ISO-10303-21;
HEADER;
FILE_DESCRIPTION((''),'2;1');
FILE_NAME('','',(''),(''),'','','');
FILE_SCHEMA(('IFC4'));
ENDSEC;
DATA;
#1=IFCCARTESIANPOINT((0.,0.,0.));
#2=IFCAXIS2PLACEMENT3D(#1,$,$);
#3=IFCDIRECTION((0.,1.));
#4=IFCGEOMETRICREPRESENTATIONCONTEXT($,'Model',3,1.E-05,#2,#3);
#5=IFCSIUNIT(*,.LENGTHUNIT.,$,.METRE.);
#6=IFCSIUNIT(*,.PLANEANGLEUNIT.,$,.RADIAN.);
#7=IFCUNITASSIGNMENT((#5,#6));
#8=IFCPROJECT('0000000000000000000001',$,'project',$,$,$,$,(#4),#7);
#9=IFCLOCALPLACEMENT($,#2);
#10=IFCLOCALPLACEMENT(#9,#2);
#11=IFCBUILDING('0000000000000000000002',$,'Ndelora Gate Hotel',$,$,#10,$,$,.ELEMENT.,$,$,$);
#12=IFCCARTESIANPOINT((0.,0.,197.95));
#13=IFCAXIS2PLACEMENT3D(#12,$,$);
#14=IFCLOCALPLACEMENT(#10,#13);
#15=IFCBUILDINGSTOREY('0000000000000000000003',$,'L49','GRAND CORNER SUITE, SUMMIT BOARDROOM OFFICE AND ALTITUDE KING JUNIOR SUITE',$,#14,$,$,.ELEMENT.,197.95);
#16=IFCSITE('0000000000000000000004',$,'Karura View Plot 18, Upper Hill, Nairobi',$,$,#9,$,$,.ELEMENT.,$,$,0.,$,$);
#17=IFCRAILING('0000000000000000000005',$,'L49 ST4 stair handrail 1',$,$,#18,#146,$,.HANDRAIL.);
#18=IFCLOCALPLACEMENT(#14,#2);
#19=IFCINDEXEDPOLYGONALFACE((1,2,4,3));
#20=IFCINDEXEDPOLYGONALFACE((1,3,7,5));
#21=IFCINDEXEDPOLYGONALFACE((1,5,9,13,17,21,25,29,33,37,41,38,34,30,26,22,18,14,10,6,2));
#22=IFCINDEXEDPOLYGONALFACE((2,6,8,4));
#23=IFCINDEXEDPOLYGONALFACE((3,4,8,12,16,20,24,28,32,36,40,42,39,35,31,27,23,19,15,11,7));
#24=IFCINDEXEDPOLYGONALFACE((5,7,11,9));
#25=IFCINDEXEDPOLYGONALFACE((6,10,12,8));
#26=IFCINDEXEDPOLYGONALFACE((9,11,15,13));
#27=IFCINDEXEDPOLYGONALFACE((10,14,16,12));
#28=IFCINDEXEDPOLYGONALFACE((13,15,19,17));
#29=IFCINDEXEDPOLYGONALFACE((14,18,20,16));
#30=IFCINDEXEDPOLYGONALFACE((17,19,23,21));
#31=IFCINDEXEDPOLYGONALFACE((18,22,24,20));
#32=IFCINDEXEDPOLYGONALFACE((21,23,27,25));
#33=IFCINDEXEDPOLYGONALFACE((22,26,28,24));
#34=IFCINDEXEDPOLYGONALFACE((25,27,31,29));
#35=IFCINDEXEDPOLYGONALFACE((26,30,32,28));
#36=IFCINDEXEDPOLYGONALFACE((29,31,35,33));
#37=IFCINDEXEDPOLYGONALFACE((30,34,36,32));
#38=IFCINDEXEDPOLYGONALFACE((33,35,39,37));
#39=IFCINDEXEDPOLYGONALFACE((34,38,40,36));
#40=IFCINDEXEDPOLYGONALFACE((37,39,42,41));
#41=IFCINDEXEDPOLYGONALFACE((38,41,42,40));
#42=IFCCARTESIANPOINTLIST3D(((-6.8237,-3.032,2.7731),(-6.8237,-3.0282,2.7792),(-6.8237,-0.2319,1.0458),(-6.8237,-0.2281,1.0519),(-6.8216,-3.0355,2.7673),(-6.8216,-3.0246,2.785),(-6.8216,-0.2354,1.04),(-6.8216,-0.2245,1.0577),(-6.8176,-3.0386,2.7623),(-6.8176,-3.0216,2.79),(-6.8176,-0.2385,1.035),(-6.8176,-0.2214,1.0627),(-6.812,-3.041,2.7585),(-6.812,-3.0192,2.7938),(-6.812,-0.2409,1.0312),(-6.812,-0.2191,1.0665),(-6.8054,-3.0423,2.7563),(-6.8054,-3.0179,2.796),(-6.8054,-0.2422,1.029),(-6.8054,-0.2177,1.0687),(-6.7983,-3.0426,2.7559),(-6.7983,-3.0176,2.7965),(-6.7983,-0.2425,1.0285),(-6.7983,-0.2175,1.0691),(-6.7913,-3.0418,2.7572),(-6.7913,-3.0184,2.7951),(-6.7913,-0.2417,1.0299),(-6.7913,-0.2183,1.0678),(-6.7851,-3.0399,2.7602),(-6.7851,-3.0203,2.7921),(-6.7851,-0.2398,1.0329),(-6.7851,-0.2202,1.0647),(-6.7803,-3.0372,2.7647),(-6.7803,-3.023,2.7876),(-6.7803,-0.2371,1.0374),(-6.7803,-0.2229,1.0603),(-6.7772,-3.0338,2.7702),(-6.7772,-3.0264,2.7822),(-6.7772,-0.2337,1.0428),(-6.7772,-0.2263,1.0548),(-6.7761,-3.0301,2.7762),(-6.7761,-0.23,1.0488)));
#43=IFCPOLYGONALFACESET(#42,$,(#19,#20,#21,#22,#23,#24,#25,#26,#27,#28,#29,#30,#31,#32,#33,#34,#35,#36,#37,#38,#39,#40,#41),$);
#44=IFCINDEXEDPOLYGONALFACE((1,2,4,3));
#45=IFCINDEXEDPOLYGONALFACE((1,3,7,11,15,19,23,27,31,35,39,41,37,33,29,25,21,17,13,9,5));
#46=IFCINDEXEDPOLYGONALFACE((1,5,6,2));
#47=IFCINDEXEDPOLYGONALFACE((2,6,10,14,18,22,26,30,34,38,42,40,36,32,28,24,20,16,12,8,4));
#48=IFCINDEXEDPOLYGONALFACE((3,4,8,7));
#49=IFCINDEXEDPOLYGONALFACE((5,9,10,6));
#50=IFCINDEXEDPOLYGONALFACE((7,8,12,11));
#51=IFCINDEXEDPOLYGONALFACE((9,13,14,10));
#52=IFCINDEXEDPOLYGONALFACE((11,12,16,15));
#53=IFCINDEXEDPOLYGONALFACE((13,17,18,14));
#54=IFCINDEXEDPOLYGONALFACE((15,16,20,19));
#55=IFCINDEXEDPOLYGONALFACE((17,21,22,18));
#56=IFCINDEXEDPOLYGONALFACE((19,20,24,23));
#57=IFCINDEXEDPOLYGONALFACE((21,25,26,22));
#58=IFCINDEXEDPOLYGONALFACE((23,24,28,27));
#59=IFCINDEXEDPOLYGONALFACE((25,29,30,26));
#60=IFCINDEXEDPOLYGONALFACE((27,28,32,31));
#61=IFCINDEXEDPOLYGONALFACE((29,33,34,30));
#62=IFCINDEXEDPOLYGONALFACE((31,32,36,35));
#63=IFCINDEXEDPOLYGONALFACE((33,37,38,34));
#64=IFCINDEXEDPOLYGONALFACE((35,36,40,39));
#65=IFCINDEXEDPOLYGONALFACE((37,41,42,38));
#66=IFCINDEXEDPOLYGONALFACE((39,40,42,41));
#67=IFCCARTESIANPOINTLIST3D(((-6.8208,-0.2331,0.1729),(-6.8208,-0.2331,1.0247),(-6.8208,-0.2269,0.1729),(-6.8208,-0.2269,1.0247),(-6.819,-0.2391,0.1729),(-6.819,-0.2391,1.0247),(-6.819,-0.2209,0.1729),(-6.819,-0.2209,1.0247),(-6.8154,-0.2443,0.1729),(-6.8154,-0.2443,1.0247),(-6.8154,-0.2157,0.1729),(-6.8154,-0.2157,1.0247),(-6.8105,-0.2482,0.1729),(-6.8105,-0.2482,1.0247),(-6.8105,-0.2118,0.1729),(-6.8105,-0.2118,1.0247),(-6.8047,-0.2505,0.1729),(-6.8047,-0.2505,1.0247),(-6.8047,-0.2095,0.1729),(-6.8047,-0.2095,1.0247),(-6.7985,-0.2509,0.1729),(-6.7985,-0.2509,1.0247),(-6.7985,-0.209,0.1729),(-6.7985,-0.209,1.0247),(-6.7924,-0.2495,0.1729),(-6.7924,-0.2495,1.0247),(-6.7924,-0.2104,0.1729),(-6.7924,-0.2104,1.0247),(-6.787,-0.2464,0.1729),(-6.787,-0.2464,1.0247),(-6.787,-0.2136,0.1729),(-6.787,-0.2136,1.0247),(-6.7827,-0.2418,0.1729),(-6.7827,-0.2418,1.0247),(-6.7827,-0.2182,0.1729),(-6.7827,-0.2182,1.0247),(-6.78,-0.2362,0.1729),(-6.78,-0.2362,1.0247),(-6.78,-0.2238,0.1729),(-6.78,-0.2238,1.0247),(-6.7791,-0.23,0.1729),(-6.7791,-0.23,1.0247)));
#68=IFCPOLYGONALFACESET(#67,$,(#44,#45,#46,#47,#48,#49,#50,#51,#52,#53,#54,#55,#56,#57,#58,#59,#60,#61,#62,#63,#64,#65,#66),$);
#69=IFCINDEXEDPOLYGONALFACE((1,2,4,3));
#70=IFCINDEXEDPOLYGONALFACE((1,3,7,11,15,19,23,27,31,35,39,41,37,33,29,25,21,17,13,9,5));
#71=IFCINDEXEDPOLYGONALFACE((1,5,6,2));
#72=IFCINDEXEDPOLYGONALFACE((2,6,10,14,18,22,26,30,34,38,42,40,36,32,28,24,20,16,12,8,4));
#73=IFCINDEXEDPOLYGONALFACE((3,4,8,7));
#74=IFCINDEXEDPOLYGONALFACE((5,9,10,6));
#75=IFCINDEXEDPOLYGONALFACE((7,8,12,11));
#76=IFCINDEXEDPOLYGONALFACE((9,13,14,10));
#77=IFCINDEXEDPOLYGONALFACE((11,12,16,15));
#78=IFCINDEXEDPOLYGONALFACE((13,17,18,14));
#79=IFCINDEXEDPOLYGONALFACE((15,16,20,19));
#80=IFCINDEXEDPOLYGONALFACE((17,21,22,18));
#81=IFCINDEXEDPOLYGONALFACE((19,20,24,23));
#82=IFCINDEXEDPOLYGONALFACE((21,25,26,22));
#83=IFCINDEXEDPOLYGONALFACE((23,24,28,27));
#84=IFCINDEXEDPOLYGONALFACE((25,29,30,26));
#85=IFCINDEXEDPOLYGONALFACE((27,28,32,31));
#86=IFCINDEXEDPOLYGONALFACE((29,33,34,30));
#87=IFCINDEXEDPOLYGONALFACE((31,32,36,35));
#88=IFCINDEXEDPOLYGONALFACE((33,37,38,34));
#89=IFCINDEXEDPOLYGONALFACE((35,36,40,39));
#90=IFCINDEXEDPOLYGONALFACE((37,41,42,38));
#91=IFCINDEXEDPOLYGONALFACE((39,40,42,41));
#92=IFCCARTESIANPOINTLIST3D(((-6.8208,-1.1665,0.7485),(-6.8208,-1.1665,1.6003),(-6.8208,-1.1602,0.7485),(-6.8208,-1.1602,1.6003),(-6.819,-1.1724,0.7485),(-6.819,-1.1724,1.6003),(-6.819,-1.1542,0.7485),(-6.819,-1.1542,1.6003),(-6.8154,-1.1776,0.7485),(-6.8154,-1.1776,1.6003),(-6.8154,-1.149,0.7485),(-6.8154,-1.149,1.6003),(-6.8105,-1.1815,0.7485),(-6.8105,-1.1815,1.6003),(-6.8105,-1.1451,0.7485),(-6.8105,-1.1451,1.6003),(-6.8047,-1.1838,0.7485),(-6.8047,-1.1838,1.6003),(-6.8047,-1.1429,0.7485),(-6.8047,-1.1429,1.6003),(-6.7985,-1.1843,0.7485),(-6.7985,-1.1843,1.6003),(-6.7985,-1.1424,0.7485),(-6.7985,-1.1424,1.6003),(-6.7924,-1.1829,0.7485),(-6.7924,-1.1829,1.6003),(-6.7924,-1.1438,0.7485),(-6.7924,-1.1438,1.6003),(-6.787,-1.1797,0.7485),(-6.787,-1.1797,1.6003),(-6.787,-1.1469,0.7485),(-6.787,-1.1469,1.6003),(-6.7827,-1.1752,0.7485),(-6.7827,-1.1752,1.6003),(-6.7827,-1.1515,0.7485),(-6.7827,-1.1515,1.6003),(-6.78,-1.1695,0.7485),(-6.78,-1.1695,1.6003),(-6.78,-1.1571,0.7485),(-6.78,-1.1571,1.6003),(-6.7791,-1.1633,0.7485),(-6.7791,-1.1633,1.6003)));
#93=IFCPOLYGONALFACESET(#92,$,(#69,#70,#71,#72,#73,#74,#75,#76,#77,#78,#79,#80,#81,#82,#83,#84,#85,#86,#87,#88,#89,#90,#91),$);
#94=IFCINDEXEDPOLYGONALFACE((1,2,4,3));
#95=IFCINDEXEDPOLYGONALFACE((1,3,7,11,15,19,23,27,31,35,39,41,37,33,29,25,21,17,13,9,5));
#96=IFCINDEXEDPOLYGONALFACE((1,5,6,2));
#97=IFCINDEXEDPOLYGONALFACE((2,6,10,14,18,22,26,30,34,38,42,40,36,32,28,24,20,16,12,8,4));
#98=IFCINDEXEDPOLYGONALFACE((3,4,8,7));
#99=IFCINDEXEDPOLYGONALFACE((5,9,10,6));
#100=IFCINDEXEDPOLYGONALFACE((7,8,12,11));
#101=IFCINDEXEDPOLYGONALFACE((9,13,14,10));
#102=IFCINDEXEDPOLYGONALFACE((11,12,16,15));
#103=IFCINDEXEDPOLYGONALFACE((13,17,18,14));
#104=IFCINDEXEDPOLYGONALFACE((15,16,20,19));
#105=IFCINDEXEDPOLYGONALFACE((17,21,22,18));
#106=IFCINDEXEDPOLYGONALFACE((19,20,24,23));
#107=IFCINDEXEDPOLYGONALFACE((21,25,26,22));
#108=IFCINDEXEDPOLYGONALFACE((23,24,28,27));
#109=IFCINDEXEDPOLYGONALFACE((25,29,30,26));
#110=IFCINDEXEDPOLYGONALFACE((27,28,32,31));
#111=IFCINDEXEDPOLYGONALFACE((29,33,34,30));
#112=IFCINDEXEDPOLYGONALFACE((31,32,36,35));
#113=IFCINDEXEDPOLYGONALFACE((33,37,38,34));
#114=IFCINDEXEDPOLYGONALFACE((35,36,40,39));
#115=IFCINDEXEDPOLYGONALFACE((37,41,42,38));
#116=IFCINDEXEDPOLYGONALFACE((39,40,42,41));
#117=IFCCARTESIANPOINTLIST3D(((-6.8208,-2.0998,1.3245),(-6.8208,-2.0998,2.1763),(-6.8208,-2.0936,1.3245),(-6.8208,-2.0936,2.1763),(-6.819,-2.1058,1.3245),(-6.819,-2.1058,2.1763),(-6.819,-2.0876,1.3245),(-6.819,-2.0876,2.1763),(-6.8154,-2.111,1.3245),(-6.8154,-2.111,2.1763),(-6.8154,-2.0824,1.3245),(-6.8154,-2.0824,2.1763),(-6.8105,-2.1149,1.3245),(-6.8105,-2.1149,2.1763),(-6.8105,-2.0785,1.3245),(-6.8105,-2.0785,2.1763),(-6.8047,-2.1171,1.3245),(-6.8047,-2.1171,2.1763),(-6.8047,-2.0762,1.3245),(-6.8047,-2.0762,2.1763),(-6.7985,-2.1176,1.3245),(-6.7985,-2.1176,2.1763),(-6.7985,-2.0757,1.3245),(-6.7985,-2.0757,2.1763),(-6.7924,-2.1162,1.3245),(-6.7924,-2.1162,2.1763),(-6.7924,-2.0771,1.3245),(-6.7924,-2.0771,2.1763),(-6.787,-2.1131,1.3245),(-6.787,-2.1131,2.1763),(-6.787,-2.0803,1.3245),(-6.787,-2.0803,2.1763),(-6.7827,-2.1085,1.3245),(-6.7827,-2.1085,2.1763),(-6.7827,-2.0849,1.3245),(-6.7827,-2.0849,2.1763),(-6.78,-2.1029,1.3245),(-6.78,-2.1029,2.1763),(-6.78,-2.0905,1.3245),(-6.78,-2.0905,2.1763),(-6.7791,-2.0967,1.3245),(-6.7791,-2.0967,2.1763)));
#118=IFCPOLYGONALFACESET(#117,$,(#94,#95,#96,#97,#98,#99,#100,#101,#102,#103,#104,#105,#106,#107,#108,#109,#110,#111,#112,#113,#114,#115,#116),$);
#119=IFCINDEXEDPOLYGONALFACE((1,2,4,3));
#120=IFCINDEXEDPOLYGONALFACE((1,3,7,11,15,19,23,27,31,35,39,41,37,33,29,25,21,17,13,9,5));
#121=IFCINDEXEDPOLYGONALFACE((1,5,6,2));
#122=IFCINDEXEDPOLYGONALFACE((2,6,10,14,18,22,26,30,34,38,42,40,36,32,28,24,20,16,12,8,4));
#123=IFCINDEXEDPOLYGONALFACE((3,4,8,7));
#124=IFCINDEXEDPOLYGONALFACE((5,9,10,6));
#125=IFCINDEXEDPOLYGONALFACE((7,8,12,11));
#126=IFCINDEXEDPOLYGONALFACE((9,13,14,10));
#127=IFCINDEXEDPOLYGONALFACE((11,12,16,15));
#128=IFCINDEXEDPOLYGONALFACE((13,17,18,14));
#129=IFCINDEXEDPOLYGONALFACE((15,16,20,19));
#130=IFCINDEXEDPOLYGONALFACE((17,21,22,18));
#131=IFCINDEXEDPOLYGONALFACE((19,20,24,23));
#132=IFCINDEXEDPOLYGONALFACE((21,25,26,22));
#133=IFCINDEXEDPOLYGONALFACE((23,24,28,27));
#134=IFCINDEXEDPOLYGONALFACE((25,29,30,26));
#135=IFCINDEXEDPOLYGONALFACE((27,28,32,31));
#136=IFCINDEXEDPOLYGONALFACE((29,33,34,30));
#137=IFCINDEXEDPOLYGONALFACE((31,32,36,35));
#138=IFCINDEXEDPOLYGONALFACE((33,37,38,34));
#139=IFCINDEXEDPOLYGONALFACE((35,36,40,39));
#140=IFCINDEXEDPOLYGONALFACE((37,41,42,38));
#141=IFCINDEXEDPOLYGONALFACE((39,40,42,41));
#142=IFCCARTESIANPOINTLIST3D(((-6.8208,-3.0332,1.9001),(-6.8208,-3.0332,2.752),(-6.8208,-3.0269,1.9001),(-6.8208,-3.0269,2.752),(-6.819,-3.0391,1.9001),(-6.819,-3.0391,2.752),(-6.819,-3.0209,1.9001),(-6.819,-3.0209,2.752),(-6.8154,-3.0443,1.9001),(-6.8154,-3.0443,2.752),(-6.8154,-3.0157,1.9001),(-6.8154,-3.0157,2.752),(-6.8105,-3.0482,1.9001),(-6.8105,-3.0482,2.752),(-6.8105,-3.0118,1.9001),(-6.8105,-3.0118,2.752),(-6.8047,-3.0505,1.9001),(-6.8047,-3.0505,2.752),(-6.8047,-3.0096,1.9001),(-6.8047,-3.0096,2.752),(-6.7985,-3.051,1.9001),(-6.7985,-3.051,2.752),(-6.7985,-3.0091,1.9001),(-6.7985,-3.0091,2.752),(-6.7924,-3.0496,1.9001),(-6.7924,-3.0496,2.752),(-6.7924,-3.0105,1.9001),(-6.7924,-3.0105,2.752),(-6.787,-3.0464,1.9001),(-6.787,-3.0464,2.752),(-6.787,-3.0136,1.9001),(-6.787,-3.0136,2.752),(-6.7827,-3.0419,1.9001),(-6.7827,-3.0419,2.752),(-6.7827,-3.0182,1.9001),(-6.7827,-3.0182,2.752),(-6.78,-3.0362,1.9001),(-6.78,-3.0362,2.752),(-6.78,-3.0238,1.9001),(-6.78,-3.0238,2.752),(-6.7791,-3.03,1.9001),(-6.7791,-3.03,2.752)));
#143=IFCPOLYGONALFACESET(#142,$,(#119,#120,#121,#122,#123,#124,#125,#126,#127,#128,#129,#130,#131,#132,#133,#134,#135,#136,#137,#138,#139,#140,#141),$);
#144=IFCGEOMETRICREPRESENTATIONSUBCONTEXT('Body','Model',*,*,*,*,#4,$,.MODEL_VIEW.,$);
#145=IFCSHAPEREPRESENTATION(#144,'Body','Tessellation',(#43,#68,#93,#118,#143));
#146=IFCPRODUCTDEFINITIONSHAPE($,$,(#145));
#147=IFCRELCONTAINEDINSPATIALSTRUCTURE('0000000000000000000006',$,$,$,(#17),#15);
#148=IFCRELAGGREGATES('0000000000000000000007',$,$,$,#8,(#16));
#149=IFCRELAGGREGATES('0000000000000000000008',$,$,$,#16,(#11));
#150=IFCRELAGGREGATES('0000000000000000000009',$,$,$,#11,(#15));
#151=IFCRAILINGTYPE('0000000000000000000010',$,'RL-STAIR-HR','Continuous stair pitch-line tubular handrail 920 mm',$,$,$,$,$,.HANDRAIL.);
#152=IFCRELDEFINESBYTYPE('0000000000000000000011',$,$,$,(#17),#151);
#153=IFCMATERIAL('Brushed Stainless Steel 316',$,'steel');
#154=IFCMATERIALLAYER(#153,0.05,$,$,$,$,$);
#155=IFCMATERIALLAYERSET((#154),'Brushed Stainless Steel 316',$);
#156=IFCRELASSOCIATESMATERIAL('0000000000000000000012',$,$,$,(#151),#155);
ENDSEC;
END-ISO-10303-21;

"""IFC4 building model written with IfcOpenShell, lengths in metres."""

from ifc_helpers import new_model, si_unit, direction, frame, origin, origin_2d, place, context, subcontext, project, spatial, circle, extrude, material, layer, layer_set, type_object, element, save


model = new_model("IFC4")

# Units and contexts
model_context = context("Model", 3, precision=1e-05, world=origin(), true_north=direction((0.0, 1.0)))
body_context = subcontext(model_context, "Body", "Model", "MODEL_VIEW")
ifc_project = project(units=[si_unit("LENGTHUNIT", "METRE"), si_unit("PLANEANGLEUNIT", "RADIAN")], contexts=[model_context])

# Site, building, storey
site_placement = place(None, origin())
site = spatial("IfcSite", under=ifc_project, at=site_placement, Name="Karura View Plot 18, Upper Hill, Nairobi", CompositionType="ELEMENT", RefElevation=0.0)
building_placement = place(site_placement, origin())
building = spatial("IfcBuilding", under=site, at=building_placement, Name="Ndelora Gate Hotel", CompositionType="ELEMENT")
storey_placement = place(building_placement, frame((0.0, 0.0, 197.95)))
storey = spatial("IfcBuildingStorey", under=building, at=storey_placement, Name="L49", Description="GRAND CORNER SUITE, SUMMIT BOARDROOM OFFICE AND ALTITUDE KING JUNIOR SUITE", CompositionType="ELEMENT", Elevation=197.95)

# Railing
ifc_material_1 = material(Name="Brushed Stainless Steel 316", Category="steel")
ifc_layer_1 = layer(ifc_material_1, 0.05)
ifc_layer_set_1 = layer_set([ifc_layer_1], Name="Brushed Stainless Steel 316")
railing_type_1 = type_object("IfcRailingType", Name="RL-STAIR-HR", Description="Continuous stair pitch-line tubular handrail 920 mm", PredefinedType="HANDRAIL", material=ifc_layer_set_1)
railing_1_placement = place(storey_placement, frame((-6.8, -0.23, 0.1729)))
element("IfcRailing", 1, at=railing_1_placement, inside=storey, type_object=railing_type_1, Name="L49 ST4 stair handrail 1", PredefinedType="HANDRAIL", context=body_context, shape_type="SweptSolid", body=[
    extrude(circle(Radius=0.0239, at=origin_2d()), frame((0.0, 0.0, 0.876), z_axis=(0.0, -0.85109, 0.52502), x_axis=(1.0, 0.0, 0.0)), (0.0, 0.0, 1.0), 3.29),
    extrude(circle(Radius=0.021, at=origin_2d()), origin(), (0.0, 0.0, 1.0), 0.8518),
    extrude(circle(Radius=0.021, at=origin_2d()), frame((0.0, -0.9333, 0.5757)), (0.0, 0.0, 1.0), 0.8518),
    extrude(circle(Radius=0.021, at=origin_2d()), frame((0.0, -1.8667, 1.1516)), (0.0, 0.0, 1.0), 0.8518),
    extrude(circle(Radius=0.021, at=origin_2d()), frame((0.0, -2.8, 1.7273)), (0.0, 0.0, 1.0), 0.8518),
])

save(model, "model.ifc")
